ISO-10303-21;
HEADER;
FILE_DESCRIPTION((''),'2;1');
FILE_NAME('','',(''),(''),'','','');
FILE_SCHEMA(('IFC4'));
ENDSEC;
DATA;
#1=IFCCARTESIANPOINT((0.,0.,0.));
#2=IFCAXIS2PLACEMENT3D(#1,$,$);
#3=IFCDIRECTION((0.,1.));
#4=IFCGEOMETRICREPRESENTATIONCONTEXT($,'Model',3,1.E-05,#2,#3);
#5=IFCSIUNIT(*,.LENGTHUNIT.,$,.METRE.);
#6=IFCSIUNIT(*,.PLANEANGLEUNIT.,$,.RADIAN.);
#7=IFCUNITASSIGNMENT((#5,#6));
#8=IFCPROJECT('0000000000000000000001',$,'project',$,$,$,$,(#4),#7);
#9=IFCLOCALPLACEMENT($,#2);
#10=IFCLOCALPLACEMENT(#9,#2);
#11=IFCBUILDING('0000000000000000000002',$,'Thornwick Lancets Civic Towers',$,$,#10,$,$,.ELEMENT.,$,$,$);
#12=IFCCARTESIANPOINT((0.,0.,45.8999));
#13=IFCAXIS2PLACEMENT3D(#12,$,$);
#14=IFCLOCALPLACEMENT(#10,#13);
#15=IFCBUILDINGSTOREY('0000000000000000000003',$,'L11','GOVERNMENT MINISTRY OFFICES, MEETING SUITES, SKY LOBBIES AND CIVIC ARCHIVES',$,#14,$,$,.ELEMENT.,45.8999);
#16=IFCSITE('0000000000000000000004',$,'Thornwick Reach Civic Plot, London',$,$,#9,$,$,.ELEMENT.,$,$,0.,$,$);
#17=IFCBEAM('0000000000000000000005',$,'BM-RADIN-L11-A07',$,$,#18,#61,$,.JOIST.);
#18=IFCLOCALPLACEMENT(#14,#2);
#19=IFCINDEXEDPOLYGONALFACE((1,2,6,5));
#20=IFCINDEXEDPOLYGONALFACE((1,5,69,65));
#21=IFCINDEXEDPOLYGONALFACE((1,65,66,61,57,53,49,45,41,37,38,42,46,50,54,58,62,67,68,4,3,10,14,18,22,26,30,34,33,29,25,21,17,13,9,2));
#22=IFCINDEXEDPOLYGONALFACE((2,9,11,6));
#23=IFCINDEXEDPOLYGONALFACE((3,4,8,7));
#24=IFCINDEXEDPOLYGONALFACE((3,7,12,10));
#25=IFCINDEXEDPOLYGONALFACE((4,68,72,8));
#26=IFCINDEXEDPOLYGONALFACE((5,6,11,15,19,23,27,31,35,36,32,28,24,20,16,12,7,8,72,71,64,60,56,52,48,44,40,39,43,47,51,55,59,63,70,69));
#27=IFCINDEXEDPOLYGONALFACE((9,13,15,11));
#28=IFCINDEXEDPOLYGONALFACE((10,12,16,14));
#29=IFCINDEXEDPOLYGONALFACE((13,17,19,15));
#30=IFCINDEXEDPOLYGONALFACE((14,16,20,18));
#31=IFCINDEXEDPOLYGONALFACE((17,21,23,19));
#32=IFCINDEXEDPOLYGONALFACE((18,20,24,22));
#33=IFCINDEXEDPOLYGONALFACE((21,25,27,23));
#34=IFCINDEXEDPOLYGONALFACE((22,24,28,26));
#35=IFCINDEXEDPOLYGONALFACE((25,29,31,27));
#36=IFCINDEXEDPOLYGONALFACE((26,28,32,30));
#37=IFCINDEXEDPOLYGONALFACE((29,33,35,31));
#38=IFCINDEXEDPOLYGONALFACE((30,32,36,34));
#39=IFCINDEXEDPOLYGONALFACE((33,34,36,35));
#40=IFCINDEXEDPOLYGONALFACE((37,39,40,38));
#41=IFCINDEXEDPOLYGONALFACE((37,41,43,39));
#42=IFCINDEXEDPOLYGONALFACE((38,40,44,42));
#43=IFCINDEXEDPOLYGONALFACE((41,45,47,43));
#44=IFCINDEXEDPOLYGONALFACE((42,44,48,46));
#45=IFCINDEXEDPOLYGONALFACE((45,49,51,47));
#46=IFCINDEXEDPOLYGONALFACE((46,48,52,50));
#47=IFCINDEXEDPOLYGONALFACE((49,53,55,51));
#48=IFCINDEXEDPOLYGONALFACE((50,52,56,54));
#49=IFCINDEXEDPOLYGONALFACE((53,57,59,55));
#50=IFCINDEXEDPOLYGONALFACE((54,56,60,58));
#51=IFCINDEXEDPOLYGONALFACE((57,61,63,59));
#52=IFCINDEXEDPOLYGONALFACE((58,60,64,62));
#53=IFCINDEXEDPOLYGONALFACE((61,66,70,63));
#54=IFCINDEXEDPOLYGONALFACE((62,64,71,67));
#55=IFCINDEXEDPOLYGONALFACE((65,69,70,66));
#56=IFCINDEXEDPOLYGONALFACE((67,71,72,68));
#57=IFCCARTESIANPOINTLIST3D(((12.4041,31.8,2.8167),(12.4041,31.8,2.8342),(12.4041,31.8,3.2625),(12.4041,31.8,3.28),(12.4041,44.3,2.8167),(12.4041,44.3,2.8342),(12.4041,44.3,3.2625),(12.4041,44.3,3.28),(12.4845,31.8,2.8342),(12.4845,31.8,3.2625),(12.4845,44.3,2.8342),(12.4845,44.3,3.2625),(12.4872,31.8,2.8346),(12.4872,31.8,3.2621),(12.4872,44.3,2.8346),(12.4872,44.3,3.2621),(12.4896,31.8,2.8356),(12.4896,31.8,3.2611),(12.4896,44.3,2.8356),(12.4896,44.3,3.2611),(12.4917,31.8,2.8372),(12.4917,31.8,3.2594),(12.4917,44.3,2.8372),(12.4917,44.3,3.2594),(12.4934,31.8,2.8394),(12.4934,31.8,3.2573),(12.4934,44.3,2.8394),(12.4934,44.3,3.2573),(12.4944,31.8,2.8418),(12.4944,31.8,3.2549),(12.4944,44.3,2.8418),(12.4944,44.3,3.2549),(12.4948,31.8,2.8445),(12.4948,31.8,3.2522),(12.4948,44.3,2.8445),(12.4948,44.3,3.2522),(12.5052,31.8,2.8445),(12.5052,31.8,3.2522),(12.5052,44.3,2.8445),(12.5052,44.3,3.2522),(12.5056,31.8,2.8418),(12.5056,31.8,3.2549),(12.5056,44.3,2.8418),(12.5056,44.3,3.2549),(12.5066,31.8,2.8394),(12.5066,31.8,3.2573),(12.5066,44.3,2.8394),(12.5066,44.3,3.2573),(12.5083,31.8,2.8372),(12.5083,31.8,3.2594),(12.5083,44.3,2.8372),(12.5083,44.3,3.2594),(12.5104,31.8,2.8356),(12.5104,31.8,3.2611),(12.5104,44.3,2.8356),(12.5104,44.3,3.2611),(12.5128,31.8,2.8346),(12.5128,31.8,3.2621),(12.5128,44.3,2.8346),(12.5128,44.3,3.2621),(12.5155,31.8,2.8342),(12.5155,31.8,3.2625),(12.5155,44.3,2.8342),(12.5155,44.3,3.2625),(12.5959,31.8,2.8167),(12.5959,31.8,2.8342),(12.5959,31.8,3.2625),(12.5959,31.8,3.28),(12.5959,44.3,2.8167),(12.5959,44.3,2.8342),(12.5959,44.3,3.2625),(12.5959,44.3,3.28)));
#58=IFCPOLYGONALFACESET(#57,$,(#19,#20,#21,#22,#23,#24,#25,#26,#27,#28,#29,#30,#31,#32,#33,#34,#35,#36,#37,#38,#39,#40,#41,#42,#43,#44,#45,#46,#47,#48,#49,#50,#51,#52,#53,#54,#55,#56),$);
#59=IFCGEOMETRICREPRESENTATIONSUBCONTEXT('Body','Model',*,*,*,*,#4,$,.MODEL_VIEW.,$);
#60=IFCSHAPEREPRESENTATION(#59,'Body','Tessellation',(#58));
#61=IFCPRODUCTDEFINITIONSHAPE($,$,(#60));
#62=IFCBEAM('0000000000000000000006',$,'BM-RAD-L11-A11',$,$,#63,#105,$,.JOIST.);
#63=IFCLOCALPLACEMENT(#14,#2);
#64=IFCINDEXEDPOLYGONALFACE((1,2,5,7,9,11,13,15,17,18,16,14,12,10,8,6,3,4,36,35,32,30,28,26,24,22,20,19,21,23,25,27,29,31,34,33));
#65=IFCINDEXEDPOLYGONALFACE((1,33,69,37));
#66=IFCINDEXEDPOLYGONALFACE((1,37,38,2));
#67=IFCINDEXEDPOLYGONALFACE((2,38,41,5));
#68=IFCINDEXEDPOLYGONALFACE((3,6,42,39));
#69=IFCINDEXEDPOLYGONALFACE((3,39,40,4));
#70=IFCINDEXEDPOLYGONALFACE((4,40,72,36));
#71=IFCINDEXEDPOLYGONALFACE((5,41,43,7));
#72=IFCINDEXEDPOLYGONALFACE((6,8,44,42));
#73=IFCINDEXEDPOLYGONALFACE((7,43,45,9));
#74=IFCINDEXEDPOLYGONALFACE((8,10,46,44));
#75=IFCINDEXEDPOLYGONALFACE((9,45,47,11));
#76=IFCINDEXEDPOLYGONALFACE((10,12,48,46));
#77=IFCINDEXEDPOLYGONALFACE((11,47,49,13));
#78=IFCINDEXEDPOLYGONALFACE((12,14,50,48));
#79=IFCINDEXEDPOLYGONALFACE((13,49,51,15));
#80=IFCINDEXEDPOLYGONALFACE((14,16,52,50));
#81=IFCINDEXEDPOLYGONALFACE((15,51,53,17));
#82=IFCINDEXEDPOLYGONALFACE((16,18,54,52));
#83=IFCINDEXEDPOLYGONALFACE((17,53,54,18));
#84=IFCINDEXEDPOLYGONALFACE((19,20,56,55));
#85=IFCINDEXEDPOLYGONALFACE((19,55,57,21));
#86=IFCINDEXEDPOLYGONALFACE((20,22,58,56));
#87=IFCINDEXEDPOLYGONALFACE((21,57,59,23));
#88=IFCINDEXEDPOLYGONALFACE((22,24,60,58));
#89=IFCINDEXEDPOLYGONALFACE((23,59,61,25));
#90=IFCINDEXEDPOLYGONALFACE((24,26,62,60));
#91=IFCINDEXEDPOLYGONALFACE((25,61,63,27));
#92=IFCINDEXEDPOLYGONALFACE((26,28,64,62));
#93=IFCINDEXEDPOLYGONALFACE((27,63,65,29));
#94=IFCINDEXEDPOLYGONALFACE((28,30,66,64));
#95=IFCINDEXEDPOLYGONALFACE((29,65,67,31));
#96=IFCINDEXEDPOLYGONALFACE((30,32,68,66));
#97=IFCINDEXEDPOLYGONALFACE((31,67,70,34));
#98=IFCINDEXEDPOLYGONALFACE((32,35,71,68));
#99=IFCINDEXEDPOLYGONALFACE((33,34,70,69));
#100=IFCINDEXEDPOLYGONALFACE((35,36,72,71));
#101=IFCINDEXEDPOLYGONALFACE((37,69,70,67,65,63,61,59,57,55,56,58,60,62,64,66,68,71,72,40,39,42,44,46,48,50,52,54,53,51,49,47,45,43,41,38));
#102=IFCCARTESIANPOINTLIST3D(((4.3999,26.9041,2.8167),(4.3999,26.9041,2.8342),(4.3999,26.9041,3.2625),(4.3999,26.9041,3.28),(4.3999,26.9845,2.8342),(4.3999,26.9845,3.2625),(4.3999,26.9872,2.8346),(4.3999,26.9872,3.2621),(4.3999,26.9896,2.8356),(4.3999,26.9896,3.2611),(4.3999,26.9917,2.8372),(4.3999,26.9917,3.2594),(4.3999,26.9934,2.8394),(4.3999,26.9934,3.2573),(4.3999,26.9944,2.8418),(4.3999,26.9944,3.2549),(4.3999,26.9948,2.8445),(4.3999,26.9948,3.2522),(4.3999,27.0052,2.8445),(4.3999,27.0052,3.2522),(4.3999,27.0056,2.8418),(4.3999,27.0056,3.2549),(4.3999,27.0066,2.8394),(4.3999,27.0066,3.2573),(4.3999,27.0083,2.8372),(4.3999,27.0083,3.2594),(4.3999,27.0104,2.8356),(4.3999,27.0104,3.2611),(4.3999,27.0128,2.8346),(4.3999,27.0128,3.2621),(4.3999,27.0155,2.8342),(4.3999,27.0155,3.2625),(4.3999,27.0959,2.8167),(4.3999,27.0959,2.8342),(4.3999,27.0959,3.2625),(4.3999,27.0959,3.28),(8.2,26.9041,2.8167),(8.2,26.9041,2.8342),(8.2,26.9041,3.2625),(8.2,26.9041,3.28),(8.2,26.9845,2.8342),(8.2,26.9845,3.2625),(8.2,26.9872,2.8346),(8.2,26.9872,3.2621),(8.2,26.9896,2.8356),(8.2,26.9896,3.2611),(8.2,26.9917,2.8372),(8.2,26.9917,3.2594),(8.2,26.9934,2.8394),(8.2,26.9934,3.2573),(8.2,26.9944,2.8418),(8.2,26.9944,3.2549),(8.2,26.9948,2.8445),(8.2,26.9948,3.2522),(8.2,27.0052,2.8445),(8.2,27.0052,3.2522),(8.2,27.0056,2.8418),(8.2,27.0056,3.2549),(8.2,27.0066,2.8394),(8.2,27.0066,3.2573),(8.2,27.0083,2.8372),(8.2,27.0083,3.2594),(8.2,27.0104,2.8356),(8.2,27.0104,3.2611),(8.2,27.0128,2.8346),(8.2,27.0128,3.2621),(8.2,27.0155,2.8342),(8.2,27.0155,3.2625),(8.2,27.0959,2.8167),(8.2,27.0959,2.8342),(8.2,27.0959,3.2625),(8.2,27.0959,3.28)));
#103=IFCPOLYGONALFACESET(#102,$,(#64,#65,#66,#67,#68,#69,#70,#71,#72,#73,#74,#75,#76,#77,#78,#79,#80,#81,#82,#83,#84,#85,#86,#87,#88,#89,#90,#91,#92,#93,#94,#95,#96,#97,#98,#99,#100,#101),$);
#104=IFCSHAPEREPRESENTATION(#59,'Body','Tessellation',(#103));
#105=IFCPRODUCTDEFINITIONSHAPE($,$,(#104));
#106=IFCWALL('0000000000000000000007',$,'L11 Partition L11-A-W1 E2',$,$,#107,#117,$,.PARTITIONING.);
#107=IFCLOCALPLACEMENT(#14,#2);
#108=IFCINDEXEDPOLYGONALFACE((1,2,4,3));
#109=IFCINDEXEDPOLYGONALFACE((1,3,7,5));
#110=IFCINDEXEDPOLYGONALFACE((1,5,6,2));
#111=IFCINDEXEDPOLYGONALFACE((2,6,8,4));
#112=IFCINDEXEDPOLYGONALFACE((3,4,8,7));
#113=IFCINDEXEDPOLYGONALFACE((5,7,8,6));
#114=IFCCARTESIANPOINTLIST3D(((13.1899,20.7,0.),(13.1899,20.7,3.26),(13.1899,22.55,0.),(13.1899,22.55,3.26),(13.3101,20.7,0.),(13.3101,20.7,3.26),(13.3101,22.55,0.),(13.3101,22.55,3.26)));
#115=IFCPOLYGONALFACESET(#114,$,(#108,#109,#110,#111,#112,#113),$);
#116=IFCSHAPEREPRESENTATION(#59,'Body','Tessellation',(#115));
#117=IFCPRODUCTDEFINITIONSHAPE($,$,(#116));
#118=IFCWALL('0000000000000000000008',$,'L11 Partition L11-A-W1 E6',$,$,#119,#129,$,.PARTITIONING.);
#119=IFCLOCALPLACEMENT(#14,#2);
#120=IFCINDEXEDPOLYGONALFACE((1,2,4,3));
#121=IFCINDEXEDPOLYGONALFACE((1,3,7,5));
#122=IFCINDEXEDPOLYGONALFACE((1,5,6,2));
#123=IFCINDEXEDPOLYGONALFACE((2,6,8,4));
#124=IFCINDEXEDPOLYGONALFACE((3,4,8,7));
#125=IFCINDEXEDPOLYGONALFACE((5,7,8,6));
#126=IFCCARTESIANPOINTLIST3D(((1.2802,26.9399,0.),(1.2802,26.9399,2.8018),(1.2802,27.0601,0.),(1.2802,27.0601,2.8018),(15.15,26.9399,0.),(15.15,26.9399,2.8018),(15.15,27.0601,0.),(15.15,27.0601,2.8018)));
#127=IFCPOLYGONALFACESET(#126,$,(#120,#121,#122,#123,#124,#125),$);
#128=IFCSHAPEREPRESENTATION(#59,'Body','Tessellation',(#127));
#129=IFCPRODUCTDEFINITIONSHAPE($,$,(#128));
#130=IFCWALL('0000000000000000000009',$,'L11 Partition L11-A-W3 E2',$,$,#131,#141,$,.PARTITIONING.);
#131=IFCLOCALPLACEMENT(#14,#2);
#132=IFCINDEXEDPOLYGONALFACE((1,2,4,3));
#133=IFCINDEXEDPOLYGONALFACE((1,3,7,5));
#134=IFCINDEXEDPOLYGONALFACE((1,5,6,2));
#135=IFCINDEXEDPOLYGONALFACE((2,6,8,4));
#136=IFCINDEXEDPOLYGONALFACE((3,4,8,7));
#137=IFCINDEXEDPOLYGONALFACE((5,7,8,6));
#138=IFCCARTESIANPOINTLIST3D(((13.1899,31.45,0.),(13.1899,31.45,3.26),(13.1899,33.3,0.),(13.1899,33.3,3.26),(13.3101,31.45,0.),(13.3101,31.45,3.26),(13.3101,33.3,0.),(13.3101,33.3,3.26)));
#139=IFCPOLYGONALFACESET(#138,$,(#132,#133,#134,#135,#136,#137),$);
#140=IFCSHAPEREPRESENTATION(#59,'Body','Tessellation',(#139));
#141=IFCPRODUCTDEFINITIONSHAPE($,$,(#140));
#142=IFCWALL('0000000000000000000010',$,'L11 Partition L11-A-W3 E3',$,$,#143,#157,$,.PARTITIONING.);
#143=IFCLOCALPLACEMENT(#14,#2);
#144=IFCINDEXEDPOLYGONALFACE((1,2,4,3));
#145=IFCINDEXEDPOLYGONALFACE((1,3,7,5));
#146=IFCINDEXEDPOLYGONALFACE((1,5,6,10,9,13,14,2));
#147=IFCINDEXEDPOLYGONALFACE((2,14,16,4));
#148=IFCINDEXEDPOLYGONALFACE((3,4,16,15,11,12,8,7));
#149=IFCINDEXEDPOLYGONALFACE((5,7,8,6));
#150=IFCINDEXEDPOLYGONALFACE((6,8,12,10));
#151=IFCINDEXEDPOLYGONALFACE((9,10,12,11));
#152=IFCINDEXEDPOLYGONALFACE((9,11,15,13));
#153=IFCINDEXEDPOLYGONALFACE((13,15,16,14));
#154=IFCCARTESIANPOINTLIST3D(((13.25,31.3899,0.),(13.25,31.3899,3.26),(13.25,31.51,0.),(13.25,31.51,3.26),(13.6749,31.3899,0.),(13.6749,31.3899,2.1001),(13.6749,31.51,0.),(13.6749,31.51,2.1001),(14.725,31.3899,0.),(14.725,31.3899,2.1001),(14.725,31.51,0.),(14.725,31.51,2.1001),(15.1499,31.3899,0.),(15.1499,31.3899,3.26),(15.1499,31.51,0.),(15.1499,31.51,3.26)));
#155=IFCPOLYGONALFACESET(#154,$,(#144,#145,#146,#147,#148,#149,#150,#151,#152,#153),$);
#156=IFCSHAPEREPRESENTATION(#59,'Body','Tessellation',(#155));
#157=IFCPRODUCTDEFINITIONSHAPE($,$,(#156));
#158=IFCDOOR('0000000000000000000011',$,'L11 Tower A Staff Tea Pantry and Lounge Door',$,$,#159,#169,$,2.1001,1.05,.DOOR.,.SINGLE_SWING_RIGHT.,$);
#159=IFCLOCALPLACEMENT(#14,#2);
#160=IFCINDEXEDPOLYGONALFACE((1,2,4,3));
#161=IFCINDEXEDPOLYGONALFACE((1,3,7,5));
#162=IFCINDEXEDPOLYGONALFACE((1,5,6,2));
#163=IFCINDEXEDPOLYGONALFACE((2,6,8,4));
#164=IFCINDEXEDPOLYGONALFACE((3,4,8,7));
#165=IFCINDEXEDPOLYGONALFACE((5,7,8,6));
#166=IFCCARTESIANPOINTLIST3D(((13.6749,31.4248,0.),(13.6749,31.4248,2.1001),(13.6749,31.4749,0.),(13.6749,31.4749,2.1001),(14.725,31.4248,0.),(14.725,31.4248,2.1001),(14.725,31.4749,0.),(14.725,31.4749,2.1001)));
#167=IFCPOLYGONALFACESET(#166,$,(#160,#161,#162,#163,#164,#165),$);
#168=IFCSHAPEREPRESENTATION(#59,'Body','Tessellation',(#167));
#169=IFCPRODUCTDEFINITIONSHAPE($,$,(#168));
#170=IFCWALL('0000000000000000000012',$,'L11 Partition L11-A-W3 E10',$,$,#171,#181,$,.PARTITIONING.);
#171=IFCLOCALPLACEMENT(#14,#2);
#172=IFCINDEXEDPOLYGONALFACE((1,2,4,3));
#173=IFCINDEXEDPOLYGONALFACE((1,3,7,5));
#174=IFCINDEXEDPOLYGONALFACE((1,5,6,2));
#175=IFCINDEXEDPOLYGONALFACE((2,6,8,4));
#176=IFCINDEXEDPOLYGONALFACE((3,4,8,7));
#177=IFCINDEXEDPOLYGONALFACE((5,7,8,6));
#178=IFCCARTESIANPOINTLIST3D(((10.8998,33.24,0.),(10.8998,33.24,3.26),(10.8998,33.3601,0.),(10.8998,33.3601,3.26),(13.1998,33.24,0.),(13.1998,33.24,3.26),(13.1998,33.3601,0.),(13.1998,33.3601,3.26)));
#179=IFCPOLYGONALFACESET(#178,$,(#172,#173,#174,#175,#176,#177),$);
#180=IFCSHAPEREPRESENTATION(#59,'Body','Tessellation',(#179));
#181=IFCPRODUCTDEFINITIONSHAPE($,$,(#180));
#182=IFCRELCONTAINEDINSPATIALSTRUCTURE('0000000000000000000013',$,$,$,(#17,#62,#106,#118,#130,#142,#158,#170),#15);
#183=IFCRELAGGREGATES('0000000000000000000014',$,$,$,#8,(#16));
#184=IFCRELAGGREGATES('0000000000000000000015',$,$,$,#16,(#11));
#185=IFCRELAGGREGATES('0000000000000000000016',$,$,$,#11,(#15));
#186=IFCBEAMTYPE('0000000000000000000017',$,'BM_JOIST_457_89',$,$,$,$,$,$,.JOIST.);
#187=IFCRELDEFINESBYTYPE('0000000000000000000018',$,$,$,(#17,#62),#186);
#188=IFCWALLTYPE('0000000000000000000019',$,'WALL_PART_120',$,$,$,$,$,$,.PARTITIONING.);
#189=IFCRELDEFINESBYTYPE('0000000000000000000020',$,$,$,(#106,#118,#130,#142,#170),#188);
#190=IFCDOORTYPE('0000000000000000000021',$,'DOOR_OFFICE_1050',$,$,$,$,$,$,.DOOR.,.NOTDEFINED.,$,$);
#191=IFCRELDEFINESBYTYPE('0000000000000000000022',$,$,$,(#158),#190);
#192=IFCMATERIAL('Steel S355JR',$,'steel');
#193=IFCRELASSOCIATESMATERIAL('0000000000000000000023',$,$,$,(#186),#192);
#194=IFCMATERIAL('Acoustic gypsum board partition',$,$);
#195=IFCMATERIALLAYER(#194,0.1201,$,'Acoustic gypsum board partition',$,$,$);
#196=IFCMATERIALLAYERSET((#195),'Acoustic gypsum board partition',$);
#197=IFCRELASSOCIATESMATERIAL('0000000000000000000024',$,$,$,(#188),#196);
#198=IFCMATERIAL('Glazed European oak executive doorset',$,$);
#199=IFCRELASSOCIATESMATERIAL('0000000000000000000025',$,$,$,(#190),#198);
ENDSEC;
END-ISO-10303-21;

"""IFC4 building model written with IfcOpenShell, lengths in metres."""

from ifc_helpers import new_model, si_unit, direction, frame, frame_2d, origin, origin_2d, place, context, subcontext, project, spatial, rectangle, i_section, extrude, material, layer, layer_set, material_profile, profile_set, type_object, element, fill, save


model = new_model("IFC4")

# Units and contexts
model_context = context("Model", 3, precision=1e-05, world=origin(), true_north=direction((0.0, 1.0)))
body_context = subcontext(model_context, "Body", "Model", "MODEL_VIEW")
ifc_project = project(units=[si_unit("LENGTHUNIT", "METRE"), si_unit("PLANEANGLEUNIT", "RADIAN")], contexts=[model_context])

# Site, building, storey
site_placement = place(None, origin())
site = spatial("IfcSite", under=ifc_project, at=site_placement, Name="Thornwick Reach Civic Plot, London", CompositionType="ELEMENT", RefElevation=0.0)
building_placement = place(site_placement, origin())
building = spatial("IfcBuilding", under=site, at=building_placement, Name="Thornwick Lancets Civic Towers", CompositionType="ELEMENT")
storey_placement = place(building_placement, frame((0.0, 0.0, 45.8999)))
storey = spatial("IfcBuildingStorey", under=building, at=storey_placement, Name="L11", Description="GOVERNMENT MINISTRY OFFICES, MEETING SUITES, SKY LOBBIES AND CIVIC ARCHIVES", CompositionType="ELEMENT", Elevation=45.8999)

# Beams
ifc_material_1 = material(Name="Steel S355JR", Category="steel")
ifc_material_profile_1 = material_profile(ifc_material_1, i_section(OverallWidth=0.1919, OverallDepth=0.4634, WebThickness=0.0105, FlangeThickness=0.0176, FilletRadius=0.0103, at=origin_2d()), Name="UKB 457x191x89")
ifc_profile_set_1 = profile_set([ifc_material_profile_1], Name="Steel S355JR")
beam_type_1 = type_object("IfcBeamType", Name="BM_JOIST_457_89", PredefinedType="JOIST", material=ifc_profile_set_1)
beam_1_placement = place(storey_placement, frame((12.5, 31.8, 3.0483), z_axis=(0.0, 1.0, 0.0), x_axis=(-1.0, 0.0, 0.0)))
element("IfcBeam", 1, at=beam_1_placement, inside=storey, type_object=beam_type_1, Name="BM-RADIN-L11-A07", PredefinedType="JOIST", context=body_context, shape_type="SweptSolid", body=[
    extrude(i_section(OverallWidth=0.1919, OverallDepth=0.4634, WebThickness=0.0105, FlangeThickness=0.0176, FilletRadius=0.0103, at=origin_2d()), origin(), (0.0, 0.0, 1.0), 12.5),
])
beam_2_placement = place(storey_placement, frame((8.2, 27.0, 3.0483), z_axis=(-1.0, 0.0, 0.0), x_axis=(0.0, -1.0, 0.0)))
element("IfcBeam", 2, at=beam_2_placement, inside=storey, type_object=beam_type_1, Name="BM-RAD-L11-A11", PredefinedType="JOIST", context=body_context, shape_type="SweptSolid", body=[
    extrude(i_section(OverallWidth=0.1919, OverallDepth=0.4634, WebThickness=0.0105, FlangeThickness=0.0176, FilletRadius=0.0103, at=origin_2d()), origin(), (0.0, 0.0, 1.0), 3.8),
])

# Walls
ifc_material_2 = material(Name="Acoustic gypsum board partition")
ifc_layer_1 = layer(ifc_material_2, 0.1201, Name="Acoustic gypsum board partition")
ifc_layer_set_1 = layer_set([ifc_layer_1], Name="Acoustic gypsum board partition")
wall_type_1 = type_object("IfcWallType", Name="WALL_PART_120", PredefinedType="PARTITIONING", material=ifc_layer_set_1)
wall_1_placement = place(storey_placement, frame((13.25, 22.55, 0.0), z_axis=(0.0, 0.0, 1.0), x_axis=(0.0, -1.0, 0.0)))
element("IfcWall", 3, at=wall_1_placement, inside=storey, type_object=wall_type_1, Name="L11 Partition L11-A-W1 E2", PredefinedType="PARTITIONING", context=body_context, shape_type="SweptSolid", body=[
    extrude(rectangle(XDim=1.8501, YDim=0.1201, at=frame_2d((0.925, 0.0))), origin(), (0.0, 0.0, 1.0), 3.26),
])
wall_2_placement = place(storey_placement, frame((1.28, 27.0, 0.0), z_axis=(0.0, 0.0, 1.0), x_axis=(1.0, 0.0, 0.0)))
element("IfcWall", 4, at=wall_2_placement, inside=storey, type_object=wall_type_1, Name="L11 Partition L11-A-W1 E6", PredefinedType="PARTITIONING", context=body_context, shape_type="SweptSolid", body=[
    extrude(rectangle(XDim=13.8699, YDim=0.1201, at=frame_2d((6.9351, 0.0))), origin(), (0.0, 0.0, 1.0), 2.8018),
])
wall_3_placement = place(storey_placement, frame((13.25, 33.3, 0.0), z_axis=(0.0, 0.0, 1.0), x_axis=(0.0, -1.0, 0.0)))
element("IfcWall", 5, at=wall_3_placement, inside=storey, type_object=wall_type_1, Name="L11 Partition L11-A-W3 E2", PredefinedType="PARTITIONING", context=body_context, shape_type="SweptSolid", body=[
    extrude(rectangle(XDim=1.8501, YDim=0.1201, at=frame_2d((0.925, 0.0))), origin(), (0.0, 0.0, 1.0), 3.26),
])

# Wall, opening, door
wall_4_placement = place(storey_placement, frame((13.25, 31.45, 0.0), z_axis=(0.0, 0.0, 1.0), x_axis=(1.0, 0.0, 0.0)))
wall_4 = element("IfcWall", 6, at=wall_4_placement, inside=storey, type_object=wall_type_1, Name="L11 Partition L11-A-W3 E3", PredefinedType="PARTITIONING", context=body_context, shape_type="SweptSolid", body=[
    extrude(rectangle(XDim=1.8999, YDim=0.1201, at=frame_2d((0.95, 0.0))), origin(), (0.0, 0.0, 1.0), 3.26),
])
opening_placement = place(wall_4_placement, frame((0.425, 0.0, 0.0)))
opening = element("IfcOpeningElement", 7, at=opening_placement, cuts=wall_4, PredefinedType="OPENING", context=body_context, shape_type="SweptSolid", body=[
    extrude(rectangle(XDim=1.05, YDim=2.1001, at=frame_2d((0.5249, 1.05))), frame((0.0, 0.0701, 0.0), z_axis=(0.0, -1.0, 0.0), x_axis=(1.0, 0.0, 0.0)), (0.0, 0.0, 1.0), 0.1401),
])
ifc_material_3 = material(Name="Glazed European oak executive doorset")
door_type = type_object("IfcDoorType", Name="DOOR_OFFICE_1050", OperationType="NOTDEFINED", PredefinedType="DOOR", material=ifc_material_3)
door_placement = place(opening_placement, origin())
door = element("IfcDoor", 8, at=door_placement, inside=storey, type_object=door_type, Name="L11 Tower A Staff Tea Pantry and Lounge Door", OperationType="SINGLE_SWING_RIGHT", OverallHeight=2.1001, OverallWidth=1.05, PredefinedType="DOOR", context=body_context, shape_type="SweptSolid", body=[
    extrude(rectangle(XDim=1.05, YDim=2.1001, at=frame_2d((0.5249, 1.05))), frame((0.0, 0.0249, 0.0), z_axis=(0.0, -1.0, 0.0), x_axis=(1.0, 0.0, 0.0)), (0.0, 0.0, 1.0), 0.05),
])
fill(opening, door)

# Wall
wall_5_placement = place(storey_placement, frame((10.8999, 33.3, 0.0), z_axis=(0.0, 0.0, 1.0), x_axis=(1.0, 0.0, 0.0)))
element("IfcWall", 9, at=wall_5_placement, inside=storey, type_object=wall_type_1, Name="L11 Partition L11-A-W3 E10", PredefinedType="PARTITIONING", context=body_context, shape_type="SweptSolid", body=[
    extrude(rectangle(XDim=2.3, YDim=0.1201, at=frame_2d((1.1499, 0.0))), origin(), (0.0, 0.0, 1.0), 3.26),
])

save(model, "model.ifc")
